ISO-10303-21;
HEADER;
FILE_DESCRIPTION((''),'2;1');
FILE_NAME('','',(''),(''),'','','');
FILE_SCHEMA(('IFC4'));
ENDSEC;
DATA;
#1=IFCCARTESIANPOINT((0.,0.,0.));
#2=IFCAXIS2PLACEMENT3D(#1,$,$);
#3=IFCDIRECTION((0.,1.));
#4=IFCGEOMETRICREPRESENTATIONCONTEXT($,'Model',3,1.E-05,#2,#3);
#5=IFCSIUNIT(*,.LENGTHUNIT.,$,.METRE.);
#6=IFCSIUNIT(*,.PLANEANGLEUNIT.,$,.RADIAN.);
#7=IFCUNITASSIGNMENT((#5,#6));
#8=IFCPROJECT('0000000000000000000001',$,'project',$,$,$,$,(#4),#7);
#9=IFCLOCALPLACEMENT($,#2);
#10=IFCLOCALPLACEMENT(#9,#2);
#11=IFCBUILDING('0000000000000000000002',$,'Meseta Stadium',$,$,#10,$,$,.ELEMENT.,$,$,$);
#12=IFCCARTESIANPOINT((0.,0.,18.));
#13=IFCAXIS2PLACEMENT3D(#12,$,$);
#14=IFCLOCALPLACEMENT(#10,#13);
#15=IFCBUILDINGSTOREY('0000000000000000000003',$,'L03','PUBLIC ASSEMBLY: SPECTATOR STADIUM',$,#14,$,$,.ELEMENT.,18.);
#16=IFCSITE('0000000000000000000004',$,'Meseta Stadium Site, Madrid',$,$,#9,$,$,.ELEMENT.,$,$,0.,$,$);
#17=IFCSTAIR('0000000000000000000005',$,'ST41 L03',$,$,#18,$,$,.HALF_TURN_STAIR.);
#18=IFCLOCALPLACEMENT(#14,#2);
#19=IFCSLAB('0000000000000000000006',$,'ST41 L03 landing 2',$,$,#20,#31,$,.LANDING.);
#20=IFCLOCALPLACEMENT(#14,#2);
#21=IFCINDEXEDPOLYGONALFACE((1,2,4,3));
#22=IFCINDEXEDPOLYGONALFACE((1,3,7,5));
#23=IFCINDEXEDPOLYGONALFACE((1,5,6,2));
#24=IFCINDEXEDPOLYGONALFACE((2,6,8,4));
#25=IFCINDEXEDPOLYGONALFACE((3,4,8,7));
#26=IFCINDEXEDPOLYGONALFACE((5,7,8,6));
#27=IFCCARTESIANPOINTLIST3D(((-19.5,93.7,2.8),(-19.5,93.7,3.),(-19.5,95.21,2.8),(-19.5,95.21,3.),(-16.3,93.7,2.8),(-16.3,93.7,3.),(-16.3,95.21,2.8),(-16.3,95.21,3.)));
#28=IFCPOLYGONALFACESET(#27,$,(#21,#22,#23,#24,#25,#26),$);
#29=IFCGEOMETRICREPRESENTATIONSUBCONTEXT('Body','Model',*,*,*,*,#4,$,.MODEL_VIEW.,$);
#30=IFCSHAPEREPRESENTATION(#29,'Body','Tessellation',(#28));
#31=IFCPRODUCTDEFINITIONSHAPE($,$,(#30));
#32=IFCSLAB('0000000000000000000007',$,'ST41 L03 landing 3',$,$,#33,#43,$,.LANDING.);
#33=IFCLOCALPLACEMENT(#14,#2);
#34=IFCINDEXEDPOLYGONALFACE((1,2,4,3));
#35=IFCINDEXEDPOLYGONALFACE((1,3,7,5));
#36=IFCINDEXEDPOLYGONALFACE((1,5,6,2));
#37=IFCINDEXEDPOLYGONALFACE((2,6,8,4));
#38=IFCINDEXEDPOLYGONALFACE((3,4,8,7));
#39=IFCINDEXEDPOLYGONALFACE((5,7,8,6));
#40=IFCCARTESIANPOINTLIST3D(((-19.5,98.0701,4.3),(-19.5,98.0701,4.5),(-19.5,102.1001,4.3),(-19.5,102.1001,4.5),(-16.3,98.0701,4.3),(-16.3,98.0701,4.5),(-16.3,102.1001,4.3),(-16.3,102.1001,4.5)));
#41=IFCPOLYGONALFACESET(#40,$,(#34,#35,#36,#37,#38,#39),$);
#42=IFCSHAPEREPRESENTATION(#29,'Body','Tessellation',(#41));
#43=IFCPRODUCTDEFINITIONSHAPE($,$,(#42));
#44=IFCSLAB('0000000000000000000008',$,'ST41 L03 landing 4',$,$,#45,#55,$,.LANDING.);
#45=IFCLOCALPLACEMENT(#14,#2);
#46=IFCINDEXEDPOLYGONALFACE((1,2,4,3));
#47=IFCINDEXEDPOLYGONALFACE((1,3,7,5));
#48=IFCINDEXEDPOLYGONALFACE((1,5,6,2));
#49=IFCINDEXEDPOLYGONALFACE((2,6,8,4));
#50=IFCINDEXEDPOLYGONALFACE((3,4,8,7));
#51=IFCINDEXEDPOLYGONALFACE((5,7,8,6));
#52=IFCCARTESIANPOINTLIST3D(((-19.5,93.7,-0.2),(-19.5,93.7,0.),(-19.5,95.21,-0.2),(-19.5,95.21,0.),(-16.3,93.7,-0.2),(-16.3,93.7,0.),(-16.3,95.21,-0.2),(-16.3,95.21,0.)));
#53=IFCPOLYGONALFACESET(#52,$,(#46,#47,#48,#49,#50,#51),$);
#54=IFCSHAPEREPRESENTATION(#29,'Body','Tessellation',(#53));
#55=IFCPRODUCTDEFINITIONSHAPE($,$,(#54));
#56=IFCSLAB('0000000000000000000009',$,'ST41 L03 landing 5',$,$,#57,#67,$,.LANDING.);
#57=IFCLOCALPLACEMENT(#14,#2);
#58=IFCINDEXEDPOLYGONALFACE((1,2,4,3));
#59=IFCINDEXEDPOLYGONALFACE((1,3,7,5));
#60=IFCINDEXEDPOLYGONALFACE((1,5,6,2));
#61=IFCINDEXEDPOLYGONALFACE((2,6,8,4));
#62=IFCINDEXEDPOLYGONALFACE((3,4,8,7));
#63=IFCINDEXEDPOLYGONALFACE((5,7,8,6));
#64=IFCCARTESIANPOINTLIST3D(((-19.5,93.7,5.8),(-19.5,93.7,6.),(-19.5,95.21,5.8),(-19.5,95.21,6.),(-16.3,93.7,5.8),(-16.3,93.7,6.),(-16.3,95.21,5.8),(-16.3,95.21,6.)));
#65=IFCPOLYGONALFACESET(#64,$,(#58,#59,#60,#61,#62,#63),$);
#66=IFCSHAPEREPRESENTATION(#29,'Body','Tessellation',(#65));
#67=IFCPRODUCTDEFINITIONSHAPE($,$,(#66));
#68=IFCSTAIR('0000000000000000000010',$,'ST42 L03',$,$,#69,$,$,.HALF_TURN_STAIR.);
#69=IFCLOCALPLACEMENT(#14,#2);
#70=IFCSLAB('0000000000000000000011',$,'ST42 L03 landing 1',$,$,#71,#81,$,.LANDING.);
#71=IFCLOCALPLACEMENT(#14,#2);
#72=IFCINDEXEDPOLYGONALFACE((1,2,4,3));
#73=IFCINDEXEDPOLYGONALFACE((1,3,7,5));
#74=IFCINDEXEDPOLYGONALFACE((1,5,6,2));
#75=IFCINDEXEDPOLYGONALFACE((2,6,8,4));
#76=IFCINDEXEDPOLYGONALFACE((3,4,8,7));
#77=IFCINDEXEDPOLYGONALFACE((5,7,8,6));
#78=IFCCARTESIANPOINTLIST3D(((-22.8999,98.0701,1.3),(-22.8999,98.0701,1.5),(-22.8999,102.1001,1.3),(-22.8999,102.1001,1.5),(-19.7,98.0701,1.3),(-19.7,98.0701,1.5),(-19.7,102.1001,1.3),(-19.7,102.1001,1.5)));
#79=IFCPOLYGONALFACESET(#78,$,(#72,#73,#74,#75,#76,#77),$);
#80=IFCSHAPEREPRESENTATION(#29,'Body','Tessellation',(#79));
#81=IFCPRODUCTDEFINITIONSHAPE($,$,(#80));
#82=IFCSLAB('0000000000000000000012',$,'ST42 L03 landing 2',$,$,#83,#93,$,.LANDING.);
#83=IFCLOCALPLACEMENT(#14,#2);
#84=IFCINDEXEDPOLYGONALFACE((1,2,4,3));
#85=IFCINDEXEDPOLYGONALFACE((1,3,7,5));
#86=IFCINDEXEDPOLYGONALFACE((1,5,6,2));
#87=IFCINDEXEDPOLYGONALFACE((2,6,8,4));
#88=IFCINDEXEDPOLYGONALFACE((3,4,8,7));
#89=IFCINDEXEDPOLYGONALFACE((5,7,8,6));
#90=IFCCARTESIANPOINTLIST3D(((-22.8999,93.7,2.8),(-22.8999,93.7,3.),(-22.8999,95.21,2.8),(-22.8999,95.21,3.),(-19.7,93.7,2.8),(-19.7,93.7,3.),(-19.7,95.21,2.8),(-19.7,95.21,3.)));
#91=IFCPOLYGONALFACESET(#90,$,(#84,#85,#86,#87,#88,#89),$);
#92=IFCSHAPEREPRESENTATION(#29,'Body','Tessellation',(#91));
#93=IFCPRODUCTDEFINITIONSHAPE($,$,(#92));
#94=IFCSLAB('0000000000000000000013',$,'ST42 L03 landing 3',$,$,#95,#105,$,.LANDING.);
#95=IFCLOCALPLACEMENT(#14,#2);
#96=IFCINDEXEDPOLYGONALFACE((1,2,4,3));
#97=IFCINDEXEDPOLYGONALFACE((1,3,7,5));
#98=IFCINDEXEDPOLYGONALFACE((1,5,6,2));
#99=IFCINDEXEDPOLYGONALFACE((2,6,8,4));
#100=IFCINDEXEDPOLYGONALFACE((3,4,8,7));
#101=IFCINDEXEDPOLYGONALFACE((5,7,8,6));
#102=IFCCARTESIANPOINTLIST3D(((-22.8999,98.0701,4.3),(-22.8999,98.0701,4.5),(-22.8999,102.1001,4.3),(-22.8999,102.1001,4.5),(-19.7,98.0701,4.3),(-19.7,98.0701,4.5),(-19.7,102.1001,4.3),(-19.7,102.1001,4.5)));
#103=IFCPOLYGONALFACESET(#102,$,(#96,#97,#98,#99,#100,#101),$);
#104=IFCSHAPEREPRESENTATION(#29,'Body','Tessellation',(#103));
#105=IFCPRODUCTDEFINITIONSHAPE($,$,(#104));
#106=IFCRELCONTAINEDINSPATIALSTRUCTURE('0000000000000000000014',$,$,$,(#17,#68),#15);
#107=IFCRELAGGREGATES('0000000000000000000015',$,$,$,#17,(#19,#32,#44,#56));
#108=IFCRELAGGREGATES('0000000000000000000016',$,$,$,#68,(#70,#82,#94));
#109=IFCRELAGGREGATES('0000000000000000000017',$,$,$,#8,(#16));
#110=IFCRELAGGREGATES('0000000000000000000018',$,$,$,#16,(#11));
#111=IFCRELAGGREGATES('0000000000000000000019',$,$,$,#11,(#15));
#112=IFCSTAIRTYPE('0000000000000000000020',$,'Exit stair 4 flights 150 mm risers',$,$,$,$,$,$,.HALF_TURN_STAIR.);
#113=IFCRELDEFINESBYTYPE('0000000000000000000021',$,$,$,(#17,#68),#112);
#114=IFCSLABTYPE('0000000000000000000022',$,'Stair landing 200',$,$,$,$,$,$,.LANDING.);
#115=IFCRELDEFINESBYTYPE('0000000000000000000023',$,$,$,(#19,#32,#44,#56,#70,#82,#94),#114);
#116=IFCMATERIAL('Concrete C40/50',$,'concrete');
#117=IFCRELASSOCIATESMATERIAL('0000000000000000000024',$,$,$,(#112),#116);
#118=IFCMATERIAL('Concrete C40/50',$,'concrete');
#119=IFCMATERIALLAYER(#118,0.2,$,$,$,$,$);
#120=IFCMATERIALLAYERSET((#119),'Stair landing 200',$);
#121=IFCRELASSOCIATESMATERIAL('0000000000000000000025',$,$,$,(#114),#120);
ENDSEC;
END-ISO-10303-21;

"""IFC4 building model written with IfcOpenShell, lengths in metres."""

from ifc_helpers import new_model, si_unit, direction, frame, origin, place, context, subcontext, project, spatial, polyline, outline, extrude, material, layer, layer_set, type_object, element, aggregate, save


model = new_model("IFC4")

# Units and contexts
model_context = context("Model", 3, precision=1e-05, world=origin(), true_north=direction((0.0, 1.0)))
body_context = subcontext(model_context, "Body", "Model", "MODEL_VIEW")
ifc_project = project(units=[si_unit("LENGTHUNIT", "METRE"), si_unit("PLANEANGLEUNIT", "RADIAN")], contexts=[model_context])

# Site, building, storey
site_placement = place(None, origin())
site = spatial("IfcSite", under=ifc_project, at=site_placement, Name="Meseta Stadium Site, Madrid", CompositionType="ELEMENT", RefElevation=0.0)
building_placement = place(site_placement, origin())
building = spatial("IfcBuilding", under=site, at=building_placement, Name="Meseta Stadium", CompositionType="ELEMENT")
storey_placement = place(building_placement, frame((0.0, 0.0, 18.0)))
storey = spatial("IfcBuildingStorey", under=building, at=storey_placement, Name="L03", Description="PUBLIC ASSEMBLY: SPECTATOR STADIUM", CompositionType="ELEMENT", Elevation=18.0)

# Stairs, slabs
ifc_material_1 = material(Name="Concrete C40/50", Category="concrete")
stair_type = type_object("IfcStairType", Name="Exit stair 4 flights 150 mm risers", PredefinedType="HALF_TURN_STAIR", material=ifc_material_1)
ifc_material_2 = material(Name="Concrete C40/50", Category="concrete")
ifc_layer = layer(ifc_material_2, 0.2)
ifc_layer_set = layer_set([ifc_layer], Name="Stair landing 200")
slab_type = type_object("IfcSlabType", Name="Stair landing 200", PredefinedType="LANDING", material=ifc_layer_set)
stair_1_placement = place(storey_placement, origin())
stair_1 = element("IfcStair", 1, at=stair_1_placement, inside=storey, type_object=stair_type, Name="ST41 L03", PredefinedType="HALF_TURN_STAIR")
slab_1_placement = place(storey_placement, frame((0.0, 0.0, 2.8)))
slab_1 = element("IfcSlab", 2, at=slab_1_placement, type_object=slab_type, Name="ST41 L03 landing 2", PredefinedType="LANDING", context=body_context, shape_type="SweptSolid", body=[
    extrude(outline(polyline([(-16.3, 93.7), (-16.3, 95.21), (-19.5, 95.21), (-19.5, 93.7), (-16.3, 93.7)])), origin(), (0.0, 0.0, 1.0), 0.2),
])
slab_2_placement = place(storey_placement, frame((0.0, 0.0, 4.3)))
slab_2 = element("IfcSlab", 3, at=slab_2_placement, type_object=slab_type, Name="ST41 L03 landing 3", PredefinedType="LANDING", context=body_context, shape_type="SweptSolid", body=[
    extrude(outline(polyline([(-16.3, 98.0701), (-16.3, 102.1001), (-19.5, 102.1001), (-19.5, 98.0701), (-16.3, 98.0701)])), origin(), (0.0, 0.0, 1.0), 0.2),
])
slab_3_placement = place(storey_placement, frame((0.0, 0.0, -0.2)))
slab_3 = element("IfcSlab", 4, at=slab_3_placement, type_object=slab_type, Name="ST41 L03 landing 4", PredefinedType="LANDING", context=body_context, shape_type="SweptSolid", body=[
    extrude(outline(polyline([(-16.3, 93.7), (-16.3, 95.21), (-19.5, 95.21), (-19.5, 93.7), (-16.3, 93.7)])), origin(), (0.0, 0.0, 1.0), 0.2),
])
slab_4_placement = place(storey_placement, frame((0.0, 0.0, 5.8)))
slab_4 = element("IfcSlab", 5, at=slab_4_placement, type_object=slab_type, Name="ST41 L03 landing 5", PredefinedType="LANDING", context=body_context, shape_type="SweptSolid", body=[
    extrude(outline(polyline([(-16.3, 93.7), (-16.3, 95.21), (-19.5, 95.21), (-19.5, 93.7), (-16.3, 93.7)])), origin(), (0.0, 0.0, 1.0), 0.2),
])
aggregate(stair_1, [slab_1, slab_2, slab_3, slab_4])
stair_2_placement = place(storey_placement, origin())
stair_2 = element("IfcStair", 6, at=stair_2_placement, inside=storey, type_object=stair_type, Name="ST42 L03", PredefinedType="HALF_TURN_STAIR")
slab_5_placement = place(storey_placement, frame((0.0, 0.0, 1.3)))
slab_5 = element("IfcSlab", 7, at=slab_5_placement, type_object=slab_type, Name="ST42 L03 landing 1", PredefinedType="LANDING", context=body_context, shape_type="SweptSolid", body=[
    extrude(outline(polyline([(-19.7, 98.0701), (-19.7, 102.1001), (-22.8999, 102.1001), (-22.8999, 98.0701), (-19.7, 98.0701)])), origin(), (0.0, 0.0, 1.0), 0.2),
])
slab_6_placement = place(storey_placement, frame((0.0, 0.0, 2.8)))
slab_6 = element("IfcSlab", 8, at=slab_6_placement, type_object=slab_type, Name="ST42 L03 landing 2", PredefinedType="LANDING", context=body_context, shape_type="SweptSolid", body=[
    extrude(outline(polyline([(-19.7, 93.7), (-19.7, 95.21), (-22.8999, 95.21), (-22.8999, 93.7), (-19.7, 93.7)])), origin(), (0.0, 0.0, 1.0), 0.2),
])
slab_7_placement = place(storey_placement, frame((0.0, 0.0, 4.3)))
slab_7 = element("IfcSlab", 9, at=slab_7_placement, type_object=slab_type, Name="ST42 L03 landing 3", PredefinedType="LANDING", context=body_context, shape_type="SweptSolid", body=[
    extrude(outline(polyline([(-19.7, 98.0701), (-19.7, 102.1001), (-22.8999, 102.1001), (-22.8999, 98.0701), (-19.7, 98.0701)])), origin(), (0.0, 0.0, 1.0), 0.2),
])
aggregate(stair_2, [slab_5, slab_6, slab_7])

save(model, "model.ifc")
